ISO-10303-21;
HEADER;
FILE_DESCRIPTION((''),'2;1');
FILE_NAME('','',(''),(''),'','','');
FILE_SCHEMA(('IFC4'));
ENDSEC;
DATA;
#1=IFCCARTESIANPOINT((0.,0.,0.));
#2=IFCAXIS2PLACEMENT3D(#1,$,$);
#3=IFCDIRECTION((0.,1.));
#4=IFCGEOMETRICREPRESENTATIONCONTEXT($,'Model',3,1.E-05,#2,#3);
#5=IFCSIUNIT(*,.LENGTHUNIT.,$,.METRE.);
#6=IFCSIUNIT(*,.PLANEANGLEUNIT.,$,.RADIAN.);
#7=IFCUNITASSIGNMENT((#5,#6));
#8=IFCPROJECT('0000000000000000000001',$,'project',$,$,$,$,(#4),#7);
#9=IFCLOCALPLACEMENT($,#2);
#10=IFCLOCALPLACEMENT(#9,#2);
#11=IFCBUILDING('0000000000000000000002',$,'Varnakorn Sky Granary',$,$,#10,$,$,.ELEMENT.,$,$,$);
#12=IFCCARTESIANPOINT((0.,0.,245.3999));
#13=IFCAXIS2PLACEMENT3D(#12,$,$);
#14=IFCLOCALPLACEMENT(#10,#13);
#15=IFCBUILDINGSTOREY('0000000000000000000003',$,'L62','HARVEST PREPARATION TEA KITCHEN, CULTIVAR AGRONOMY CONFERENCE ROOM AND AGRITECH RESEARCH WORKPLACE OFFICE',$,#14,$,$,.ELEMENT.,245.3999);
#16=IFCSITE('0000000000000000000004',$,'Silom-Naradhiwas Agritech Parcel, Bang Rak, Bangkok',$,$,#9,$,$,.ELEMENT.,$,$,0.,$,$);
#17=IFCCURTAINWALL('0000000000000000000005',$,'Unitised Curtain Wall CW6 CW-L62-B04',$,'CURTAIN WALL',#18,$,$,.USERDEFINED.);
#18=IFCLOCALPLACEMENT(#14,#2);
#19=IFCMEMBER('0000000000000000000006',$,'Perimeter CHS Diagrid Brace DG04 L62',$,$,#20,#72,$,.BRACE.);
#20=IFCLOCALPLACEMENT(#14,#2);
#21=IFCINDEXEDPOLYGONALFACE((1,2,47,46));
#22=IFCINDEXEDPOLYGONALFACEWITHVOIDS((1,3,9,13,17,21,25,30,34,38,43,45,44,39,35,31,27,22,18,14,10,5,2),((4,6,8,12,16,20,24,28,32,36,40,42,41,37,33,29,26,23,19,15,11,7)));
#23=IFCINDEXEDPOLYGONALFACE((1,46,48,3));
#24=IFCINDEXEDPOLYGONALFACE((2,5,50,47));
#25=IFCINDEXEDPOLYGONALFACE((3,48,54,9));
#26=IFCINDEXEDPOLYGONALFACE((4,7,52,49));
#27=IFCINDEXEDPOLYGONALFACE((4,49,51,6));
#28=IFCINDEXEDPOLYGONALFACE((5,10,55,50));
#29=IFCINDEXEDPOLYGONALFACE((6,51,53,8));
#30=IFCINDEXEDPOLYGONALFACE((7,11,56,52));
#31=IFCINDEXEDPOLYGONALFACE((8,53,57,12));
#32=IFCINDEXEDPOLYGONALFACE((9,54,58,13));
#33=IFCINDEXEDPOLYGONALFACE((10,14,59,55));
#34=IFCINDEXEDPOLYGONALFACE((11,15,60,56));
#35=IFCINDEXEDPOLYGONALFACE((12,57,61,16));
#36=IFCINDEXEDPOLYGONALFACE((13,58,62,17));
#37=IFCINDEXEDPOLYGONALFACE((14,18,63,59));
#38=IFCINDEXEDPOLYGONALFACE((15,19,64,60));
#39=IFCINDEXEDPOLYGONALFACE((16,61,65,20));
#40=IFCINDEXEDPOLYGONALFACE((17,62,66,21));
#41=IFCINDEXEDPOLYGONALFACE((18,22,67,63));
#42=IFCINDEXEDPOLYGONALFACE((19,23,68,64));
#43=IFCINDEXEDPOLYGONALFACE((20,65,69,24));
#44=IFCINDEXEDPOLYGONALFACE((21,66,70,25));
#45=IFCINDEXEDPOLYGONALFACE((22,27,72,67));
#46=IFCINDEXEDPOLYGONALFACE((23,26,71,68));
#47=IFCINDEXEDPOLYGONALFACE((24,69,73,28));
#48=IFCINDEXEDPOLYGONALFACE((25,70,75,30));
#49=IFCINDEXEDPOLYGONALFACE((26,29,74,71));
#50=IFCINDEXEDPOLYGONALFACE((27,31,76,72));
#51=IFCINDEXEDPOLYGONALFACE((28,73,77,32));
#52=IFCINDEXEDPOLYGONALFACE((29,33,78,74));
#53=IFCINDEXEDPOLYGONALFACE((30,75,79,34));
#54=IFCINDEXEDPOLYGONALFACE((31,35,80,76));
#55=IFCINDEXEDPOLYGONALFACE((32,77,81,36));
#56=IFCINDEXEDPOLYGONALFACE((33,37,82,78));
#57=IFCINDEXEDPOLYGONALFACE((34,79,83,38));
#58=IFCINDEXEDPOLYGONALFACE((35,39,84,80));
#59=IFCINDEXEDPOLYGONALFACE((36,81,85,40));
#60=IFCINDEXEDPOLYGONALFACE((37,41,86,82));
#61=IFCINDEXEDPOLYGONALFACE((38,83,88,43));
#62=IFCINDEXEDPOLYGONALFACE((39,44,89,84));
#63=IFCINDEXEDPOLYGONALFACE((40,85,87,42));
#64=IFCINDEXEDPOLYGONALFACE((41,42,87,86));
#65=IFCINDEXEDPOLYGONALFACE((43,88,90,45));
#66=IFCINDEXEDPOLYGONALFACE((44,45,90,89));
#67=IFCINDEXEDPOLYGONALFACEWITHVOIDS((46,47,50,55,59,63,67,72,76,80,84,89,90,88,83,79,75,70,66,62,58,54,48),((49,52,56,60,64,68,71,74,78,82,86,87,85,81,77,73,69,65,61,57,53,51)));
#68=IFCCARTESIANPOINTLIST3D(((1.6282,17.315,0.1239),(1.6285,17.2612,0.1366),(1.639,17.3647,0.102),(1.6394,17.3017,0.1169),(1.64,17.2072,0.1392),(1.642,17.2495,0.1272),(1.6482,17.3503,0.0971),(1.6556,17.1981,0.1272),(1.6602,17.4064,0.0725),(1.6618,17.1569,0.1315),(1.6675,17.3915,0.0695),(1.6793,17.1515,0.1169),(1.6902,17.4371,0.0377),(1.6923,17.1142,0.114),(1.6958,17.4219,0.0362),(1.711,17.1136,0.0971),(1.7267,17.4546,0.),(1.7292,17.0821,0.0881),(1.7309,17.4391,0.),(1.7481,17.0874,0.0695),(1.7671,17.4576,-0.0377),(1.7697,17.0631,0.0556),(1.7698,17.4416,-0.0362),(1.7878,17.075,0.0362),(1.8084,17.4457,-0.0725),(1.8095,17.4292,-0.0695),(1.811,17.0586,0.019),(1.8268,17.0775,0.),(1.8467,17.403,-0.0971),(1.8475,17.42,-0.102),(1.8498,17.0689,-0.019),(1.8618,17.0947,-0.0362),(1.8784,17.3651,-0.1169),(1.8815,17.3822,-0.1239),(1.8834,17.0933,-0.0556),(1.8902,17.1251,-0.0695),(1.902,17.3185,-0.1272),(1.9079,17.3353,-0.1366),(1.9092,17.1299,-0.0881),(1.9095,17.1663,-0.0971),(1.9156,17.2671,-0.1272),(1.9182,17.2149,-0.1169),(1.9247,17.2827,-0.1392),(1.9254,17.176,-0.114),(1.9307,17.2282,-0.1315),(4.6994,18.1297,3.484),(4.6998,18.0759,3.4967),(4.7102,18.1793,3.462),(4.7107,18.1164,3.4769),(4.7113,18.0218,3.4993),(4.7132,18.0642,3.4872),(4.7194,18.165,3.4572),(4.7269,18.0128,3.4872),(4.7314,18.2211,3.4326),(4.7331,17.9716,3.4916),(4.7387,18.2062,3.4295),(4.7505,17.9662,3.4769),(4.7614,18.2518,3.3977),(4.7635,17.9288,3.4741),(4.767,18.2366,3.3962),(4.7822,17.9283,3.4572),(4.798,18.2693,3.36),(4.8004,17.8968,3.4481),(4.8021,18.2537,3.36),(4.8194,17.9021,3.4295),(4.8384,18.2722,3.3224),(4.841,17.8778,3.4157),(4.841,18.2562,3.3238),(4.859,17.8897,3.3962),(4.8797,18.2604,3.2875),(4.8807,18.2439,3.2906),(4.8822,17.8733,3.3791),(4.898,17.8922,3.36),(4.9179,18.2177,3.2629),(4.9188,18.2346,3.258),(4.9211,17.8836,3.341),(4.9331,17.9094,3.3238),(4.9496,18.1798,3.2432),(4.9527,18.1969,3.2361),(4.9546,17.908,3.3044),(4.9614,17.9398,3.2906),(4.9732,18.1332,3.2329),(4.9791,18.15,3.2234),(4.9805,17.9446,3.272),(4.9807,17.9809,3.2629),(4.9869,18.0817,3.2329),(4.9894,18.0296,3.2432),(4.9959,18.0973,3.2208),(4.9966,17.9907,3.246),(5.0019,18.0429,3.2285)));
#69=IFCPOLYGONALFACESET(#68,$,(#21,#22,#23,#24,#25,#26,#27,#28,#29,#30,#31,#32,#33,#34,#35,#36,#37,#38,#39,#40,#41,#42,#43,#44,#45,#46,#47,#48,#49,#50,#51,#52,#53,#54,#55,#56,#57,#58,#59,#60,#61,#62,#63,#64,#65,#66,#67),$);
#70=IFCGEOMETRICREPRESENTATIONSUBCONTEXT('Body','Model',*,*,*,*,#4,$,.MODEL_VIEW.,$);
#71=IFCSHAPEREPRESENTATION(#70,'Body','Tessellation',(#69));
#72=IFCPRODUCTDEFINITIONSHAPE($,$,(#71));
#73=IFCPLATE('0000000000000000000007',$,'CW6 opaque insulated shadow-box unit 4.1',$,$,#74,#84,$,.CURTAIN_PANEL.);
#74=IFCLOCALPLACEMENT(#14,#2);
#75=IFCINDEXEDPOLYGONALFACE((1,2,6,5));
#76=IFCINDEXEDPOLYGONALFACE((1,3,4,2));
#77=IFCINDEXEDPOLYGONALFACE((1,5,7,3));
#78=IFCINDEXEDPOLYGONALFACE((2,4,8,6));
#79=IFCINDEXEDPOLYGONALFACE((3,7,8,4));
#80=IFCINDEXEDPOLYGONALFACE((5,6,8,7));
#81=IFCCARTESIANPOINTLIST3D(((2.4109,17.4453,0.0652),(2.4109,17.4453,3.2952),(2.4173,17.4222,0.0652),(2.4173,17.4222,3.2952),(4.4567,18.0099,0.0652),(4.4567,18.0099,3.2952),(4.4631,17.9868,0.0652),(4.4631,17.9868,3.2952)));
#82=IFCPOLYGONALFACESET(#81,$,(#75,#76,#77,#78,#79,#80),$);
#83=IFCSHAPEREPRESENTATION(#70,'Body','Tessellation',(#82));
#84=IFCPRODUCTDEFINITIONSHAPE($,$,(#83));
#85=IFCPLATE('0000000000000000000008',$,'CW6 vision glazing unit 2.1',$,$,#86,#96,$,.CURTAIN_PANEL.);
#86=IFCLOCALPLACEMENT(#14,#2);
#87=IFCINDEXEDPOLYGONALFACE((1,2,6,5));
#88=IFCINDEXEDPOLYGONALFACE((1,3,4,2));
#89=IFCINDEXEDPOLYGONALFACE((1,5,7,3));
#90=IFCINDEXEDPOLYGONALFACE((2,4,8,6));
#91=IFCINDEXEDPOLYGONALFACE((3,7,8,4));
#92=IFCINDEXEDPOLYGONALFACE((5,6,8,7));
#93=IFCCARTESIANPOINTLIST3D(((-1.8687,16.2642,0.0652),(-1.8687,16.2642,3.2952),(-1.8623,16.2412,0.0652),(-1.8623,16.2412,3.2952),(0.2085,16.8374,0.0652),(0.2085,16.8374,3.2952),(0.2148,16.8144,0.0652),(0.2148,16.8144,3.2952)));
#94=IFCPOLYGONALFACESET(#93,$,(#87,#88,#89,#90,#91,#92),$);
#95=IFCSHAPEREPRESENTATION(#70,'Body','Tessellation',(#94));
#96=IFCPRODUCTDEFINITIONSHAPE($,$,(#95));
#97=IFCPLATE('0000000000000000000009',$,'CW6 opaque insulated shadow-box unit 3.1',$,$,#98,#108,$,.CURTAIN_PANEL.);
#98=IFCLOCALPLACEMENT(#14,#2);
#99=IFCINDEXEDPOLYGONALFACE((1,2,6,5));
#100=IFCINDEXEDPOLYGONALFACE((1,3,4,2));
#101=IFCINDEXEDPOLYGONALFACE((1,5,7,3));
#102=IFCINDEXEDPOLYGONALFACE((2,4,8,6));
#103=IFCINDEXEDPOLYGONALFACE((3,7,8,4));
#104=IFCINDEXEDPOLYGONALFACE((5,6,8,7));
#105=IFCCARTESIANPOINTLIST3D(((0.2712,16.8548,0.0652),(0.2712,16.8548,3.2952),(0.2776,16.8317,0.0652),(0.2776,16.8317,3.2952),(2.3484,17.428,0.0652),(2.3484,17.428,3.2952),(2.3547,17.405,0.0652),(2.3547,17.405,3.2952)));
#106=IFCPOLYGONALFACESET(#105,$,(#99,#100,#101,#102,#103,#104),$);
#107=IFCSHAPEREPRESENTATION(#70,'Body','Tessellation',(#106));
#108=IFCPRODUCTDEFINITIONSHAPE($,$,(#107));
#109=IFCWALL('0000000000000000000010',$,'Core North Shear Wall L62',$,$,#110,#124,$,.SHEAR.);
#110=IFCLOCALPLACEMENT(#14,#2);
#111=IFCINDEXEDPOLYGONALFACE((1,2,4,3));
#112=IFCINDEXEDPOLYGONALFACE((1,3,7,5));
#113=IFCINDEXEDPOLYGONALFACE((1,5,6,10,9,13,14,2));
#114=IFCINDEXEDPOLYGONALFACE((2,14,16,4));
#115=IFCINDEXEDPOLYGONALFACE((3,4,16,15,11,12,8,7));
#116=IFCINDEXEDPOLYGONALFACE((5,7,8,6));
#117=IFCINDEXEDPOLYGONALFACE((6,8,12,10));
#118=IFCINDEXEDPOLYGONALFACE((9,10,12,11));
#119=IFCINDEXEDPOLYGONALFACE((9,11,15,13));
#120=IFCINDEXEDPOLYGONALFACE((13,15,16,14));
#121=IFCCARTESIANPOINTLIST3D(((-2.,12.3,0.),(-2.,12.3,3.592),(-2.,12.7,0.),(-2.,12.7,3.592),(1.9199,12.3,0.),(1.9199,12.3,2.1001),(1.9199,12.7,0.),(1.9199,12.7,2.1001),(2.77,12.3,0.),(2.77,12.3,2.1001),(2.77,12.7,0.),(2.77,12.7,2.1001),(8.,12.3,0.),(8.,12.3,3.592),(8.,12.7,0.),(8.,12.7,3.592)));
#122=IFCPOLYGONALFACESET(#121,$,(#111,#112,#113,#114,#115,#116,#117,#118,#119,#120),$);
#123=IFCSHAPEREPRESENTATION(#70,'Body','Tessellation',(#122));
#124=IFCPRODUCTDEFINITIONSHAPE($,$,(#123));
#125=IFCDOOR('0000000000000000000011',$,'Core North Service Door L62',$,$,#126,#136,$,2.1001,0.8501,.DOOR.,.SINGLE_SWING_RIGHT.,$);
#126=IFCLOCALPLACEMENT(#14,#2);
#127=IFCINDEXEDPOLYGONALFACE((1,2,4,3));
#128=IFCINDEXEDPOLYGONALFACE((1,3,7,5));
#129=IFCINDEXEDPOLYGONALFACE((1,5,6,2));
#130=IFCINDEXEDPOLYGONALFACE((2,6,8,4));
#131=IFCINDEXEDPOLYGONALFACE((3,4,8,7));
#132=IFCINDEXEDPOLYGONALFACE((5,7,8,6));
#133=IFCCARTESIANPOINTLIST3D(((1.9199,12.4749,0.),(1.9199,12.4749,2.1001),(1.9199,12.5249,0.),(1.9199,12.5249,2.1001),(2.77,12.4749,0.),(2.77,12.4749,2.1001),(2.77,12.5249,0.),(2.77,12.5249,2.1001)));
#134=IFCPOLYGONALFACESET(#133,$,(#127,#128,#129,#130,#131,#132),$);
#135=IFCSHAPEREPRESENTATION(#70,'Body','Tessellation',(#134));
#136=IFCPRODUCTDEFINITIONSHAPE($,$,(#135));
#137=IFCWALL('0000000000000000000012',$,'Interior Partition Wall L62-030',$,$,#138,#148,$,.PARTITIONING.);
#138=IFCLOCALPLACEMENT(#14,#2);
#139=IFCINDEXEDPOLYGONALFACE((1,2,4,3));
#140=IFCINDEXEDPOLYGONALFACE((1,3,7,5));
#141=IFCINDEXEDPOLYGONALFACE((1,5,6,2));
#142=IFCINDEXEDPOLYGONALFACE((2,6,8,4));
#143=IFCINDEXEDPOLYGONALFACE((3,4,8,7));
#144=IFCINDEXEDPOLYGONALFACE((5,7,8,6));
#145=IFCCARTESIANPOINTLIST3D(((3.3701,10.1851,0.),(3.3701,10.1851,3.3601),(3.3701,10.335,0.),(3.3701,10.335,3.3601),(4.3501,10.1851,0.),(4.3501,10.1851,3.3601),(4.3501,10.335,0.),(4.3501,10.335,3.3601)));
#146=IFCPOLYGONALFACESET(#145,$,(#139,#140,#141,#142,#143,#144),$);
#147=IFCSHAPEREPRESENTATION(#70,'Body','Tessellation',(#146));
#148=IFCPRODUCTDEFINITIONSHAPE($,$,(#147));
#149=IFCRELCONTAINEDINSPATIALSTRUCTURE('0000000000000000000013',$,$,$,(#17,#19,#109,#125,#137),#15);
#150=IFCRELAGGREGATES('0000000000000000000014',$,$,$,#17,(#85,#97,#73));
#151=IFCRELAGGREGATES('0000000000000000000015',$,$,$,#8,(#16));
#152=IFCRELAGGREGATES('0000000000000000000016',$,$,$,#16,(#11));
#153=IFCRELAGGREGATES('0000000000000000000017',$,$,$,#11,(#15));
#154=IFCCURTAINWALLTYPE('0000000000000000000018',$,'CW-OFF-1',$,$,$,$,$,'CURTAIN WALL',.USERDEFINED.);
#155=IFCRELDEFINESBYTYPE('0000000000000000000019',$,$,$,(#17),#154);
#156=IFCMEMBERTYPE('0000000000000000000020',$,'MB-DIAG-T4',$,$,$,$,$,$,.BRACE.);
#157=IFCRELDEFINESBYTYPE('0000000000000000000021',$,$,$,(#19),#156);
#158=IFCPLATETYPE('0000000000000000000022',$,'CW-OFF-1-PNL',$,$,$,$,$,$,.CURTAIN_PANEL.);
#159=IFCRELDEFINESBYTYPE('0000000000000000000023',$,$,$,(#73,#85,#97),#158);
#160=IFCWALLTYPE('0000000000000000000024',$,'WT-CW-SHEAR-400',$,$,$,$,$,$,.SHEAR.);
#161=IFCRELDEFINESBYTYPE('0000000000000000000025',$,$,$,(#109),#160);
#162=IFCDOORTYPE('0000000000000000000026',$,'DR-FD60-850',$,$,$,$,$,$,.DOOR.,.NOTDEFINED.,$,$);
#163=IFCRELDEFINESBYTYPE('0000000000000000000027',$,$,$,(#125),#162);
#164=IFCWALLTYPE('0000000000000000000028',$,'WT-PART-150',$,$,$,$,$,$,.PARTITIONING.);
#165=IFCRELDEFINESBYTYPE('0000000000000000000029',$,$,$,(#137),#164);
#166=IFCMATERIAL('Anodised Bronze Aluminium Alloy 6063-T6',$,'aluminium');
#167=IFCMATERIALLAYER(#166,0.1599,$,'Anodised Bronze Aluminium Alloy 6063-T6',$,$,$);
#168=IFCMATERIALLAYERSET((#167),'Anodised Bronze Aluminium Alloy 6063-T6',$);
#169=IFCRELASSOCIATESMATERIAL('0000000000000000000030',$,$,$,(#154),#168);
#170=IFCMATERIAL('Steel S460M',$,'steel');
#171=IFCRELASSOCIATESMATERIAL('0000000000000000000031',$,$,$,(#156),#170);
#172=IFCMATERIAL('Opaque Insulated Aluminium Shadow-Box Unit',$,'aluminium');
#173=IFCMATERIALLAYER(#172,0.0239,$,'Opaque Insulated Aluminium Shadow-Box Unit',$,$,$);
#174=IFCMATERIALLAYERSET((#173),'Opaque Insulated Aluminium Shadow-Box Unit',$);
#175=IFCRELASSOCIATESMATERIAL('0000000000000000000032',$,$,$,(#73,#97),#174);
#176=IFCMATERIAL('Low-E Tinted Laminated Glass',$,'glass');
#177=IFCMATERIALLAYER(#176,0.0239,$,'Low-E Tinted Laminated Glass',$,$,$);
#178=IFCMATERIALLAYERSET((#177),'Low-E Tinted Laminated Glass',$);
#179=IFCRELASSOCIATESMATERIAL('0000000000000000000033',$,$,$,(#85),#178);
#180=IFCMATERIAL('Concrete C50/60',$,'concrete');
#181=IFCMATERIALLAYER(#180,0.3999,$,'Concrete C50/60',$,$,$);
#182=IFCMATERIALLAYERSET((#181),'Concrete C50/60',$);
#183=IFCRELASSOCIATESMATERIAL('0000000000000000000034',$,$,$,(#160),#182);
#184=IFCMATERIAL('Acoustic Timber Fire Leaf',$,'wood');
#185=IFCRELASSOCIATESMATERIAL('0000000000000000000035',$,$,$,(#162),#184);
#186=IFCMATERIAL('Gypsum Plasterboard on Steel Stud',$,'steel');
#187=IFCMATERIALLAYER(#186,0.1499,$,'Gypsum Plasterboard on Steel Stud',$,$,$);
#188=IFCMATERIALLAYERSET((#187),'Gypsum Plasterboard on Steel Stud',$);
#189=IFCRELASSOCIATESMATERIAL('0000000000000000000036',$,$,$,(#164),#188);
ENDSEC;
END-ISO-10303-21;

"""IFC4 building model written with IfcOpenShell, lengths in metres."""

from ifc_helpers import new_model, si_unit, direction, frame, frame_2d, origin, origin_2d, place, context, subcontext, project, spatial, rectangle, hollow_circle, extrude, source, transform, mapped, material, layer, layer_set, material_profile, profile_set, type_object, type_shapes, element, fill, aggregate, save


model = new_model("IFC4")

# Units and contexts
model_context = context("Model", 3, precision=1e-05, world=origin(), true_north=direction((0.0, 1.0)))
body_context = subcontext(model_context, "Body", "Model", "MODEL_VIEW")
ifc_project = project(units=[si_unit("LENGTHUNIT", "METRE"), si_unit("PLANEANGLEUNIT", "RADIAN")], contexts=[model_context])

# Site, building, storey
site_placement = place(None, origin())
site = spatial("IfcSite", under=ifc_project, at=site_placement, Name="Silom-Naradhiwas Agritech Parcel, Bang Rak, Bangkok", CompositionType="ELEMENT", RefElevation=0.0)
building_placement = place(site_placement, origin())
building = spatial("IfcBuilding", under=site, at=building_placement, Name="Varnakorn Sky Granary", CompositionType="ELEMENT")
storey_placement = place(building_placement, frame((0.0, 0.0, 245.3999)))
storey = spatial("IfcBuildingStorey", under=building, at=storey_placement, Name="L62", Description="HARVEST PREPARATION TEA KITCHEN, CULTIVAR AGRONOMY CONFERENCE ROOM AND AGRITECH RESEARCH WORKPLACE OFFICE", CompositionType="ELEMENT", Elevation=245.3999)

# Curtain wall
ifc_material_1 = material(Name="Anodised Bronze Aluminium Alloy 6063-T6", Category="aluminium")
ifc_layer_1 = layer(ifc_material_1, 0.1599, Name="Anodised Bronze Aluminium Alloy 6063-T6")
ifc_layer_set_1 = layer_set([ifc_layer_1], Name="Anodised Bronze Aluminium Alloy 6063-T6")
curtain_wall_type = type_object("IfcCurtainWallType", Name="CW-OFF-1", ElementType="CURTAIN WALL", PredefinedType="USERDEFINED", material=ifc_layer_set_1)
curtain_wall_placement = place(storey_placement, origin())
curtain_wall = element("IfcCurtainWall", 1, at=curtain_wall_placement, inside=storey, type_object=curtain_wall_type, Name="Unitised Curtain Wall CW6 CW-L62-B04", ObjectType="CURTAIN WALL", PredefinedType="USERDEFINED")

# Member
ifc_material_2 = material(Name="Steel S460M", Category="steel")
ifc_material_profile_1 = material_profile(ifc_material_2, hollow_circle(Radius=0.2031, WallThickness=0.0161, at=origin_2d()), Name="CHS 406.4x16")
ifc_profile_set_1 = profile_set([ifc_material_profile_1], Name="Steel S460M")
member_type_1 = type_object("IfcMemberType", Name="MB-DIAG-T4", PredefinedType="BRACE", material=ifc_profile_set_1)
member_1_placement = place(storey_placement, frame((1.7788, 17.2583, 0.0), z_axis=(0.664121, 0.176166, 0.726573), x_axis=(-0.256395, 0.966572, 0.0)))
element("IfcMember", 2, at=member_1_placement, inside=storey, type_object=member_type_1, Name="Perimeter CHS Diagrid Brace DG04 L62", PredefinedType="BRACE", context=body_context, shape_type="SweptSolid", body=[
    extrude(hollow_circle(Radius=0.2031, WallThickness=0.0161, at=origin_2d()), origin(), (0.0, 0.0, 1.0), 4.6245),
])

# Plates
ifc_material_3 = material(Name="Opaque Insulated Aluminium Shadow-Box Unit", Category="aluminium")
ifc_layer_2 = layer(ifc_material_3, 0.0239, Name="Opaque Insulated Aluminium Shadow-Box Unit")
ifc_layer_set_2 = layer_set([ifc_layer_2], Name="Opaque Insulated Aluminium Shadow-Box Unit")
plate_type = type_object("IfcPlateType", Name="CW-OFF-1-PNL", PredefinedType="CURTAIN_PANEL")
shared_shape_1 = source(origin(), body_context, "Body", "SweptSolid", [
    extrude(rectangle(XDim=2.1223, YDim=0.0239, at=origin_2d()), origin(), (0.0, 0.0, 1.0), 3.23),
])
plate_1_placement = place(storey_placement, frame((3.437, 17.7161, 0.0652), z_axis=(0.0, 0.0, 1.0), x_axis=(0.963967, 0.266022, 0.0)))
plate_1 = element("IfcPlate", 3, at=plate_1_placement, type_object=plate_type, material=ifc_layer_set_2, Name="CW6 opaque insulated shadow-box unit 4.1", PredefinedType="CURTAIN_PANEL", context=body_context, shape_type="MappedRepresentation", body=[
    mapped(shared_shape_1, transform((0.0, 0.0, 0.0), x_axis=(1.0, 0.0, 0.0), y_axis=(0.0, 1.0, 0.0), z_axis=(0.0, 0.0, 1.0), scale=1.0)),
])
ifc_material_4 = material(Name="Low-E Tinted Laminated Glass", Category="glass")
ifc_layer_3 = layer(ifc_material_4, 0.0239, Name="Low-E Tinted Laminated Glass")
ifc_layer_set_3 = layer_set([ifc_layer_3], Name="Low-E Tinted Laminated Glass")
shared_shape_2 = source(origin(), body_context, "Body", "SweptSolid", [
    extrude(rectangle(XDim=2.1548, YDim=0.0239, at=origin_2d()), origin(), (0.0, 0.0, 1.0), 3.23),
])
type_shapes(plate_type, [shared_shape_1, shared_shape_2])
plate_2_placement = place(storey_placement, frame((-0.8269, 16.5393, 0.0652), z_axis=(0.0, 0.0, 1.0), x_axis=(0.963967, 0.266022, 0.0)))
plate_2 = element("IfcPlate", 4, at=plate_2_placement, type_object=plate_type, material=ifc_layer_set_3, Name="CW6 vision glazing unit 2.1", PredefinedType="CURTAIN_PANEL", context=body_context, shape_type="MappedRepresentation", body=[
    mapped(shared_shape_2, transform((0.0, 0.0, 0.0), x_axis=(1.0, 0.0, 0.0), y_axis=(0.0, 1.0, 0.0), z_axis=(0.0, 0.0, 1.0), scale=1.0)),
])
plate_3_placement = place(storey_placement, frame((1.313, 17.1299, 0.0652), z_axis=(0.0, 0.0, 1.0), x_axis=(0.963967, 0.266022, 0.0)))
plate_3 = element("IfcPlate", 5, at=plate_3_placement, type_object=plate_type, material=ifc_layer_set_2, Name="CW6 opaque insulated shadow-box unit 3.1", PredefinedType="CURTAIN_PANEL", context=body_context, shape_type="MappedRepresentation", body=[
    mapped(shared_shape_2, transform((0.0, 0.0, 0.0), x_axis=(1.0, 0.0, 0.0), y_axis=(0.0, 1.0, 0.0), z_axis=(0.0, 0.0, 1.0), scale=1.0)),
])
aggregate(curtain_wall, [plate_2, plate_3, plate_1])

# Wall, opening, door
ifc_material_5 = material(Name="Concrete C50/60", Category="concrete")
ifc_layer_4 = layer(ifc_material_5, 0.3999, Name="Concrete C50/60")
ifc_layer_set_4 = layer_set([ifc_layer_4], Name="Concrete C50/60")
wall_type_1 = type_object("IfcWallType", Name="WT-CW-SHEAR-400", PredefinedType="SHEAR", material=ifc_layer_set_4)
wall_1_placement = place(storey_placement, frame((-2.0, 12.5, 0.0), z_axis=(0.0, 0.0, 1.0), x_axis=(1.0, 0.0, 0.0)))
wall_1 = element("IfcWall", 6, at=wall_1_placement, inside=storey, type_object=wall_type_1, Name="Core North Shear Wall L62", PredefinedType="SHEAR", context=body_context, shape_type="SweptSolid", body=[
    extrude(rectangle(XDim=10.0, YDim=0.3999, at=frame_2d((5.0, 0.0))), origin(), (0.0, 0.0, 1.0), 3.592),
])
opening_1_placement = place(wall_1_placement, frame((3.9199, 0.0, 0.0)))
opening_1 = element("IfcOpeningElement", 7, at=opening_1_placement, cuts=wall_1, PredefinedType="OPENING", context=body_context, shape_type="SweptSolid", body=[
    extrude(rectangle(XDim=0.8501, YDim=2.1001, at=frame_2d((0.425, 1.05))), frame((0.0, 0.21, 0.0), z_axis=(0.0, -1.0, 0.0), x_axis=(1.0, 0.0, 0.0)), (0.0, 0.0, 1.0), 0.4199),
])
ifc_material_6 = material(Name="Acoustic Timber Fire Leaf", Category="wood")
door_type_1 = type_object("IfcDoorType", Name="DR-FD60-850", OperationType="NOTDEFINED", PredefinedType="DOOR", material=ifc_material_6)
door_1_placement = place(opening_1_placement, origin())
door_1 = element("IfcDoor", 8, at=door_1_placement, inside=storey, type_object=door_type_1, Name="Core North Service Door L62", OperationType="SINGLE_SWING_RIGHT", OverallHeight=2.1001, OverallWidth=0.8501, PredefinedType="DOOR", context=body_context, shape_type="SweptSolid", body=[
    extrude(rectangle(XDim=0.8501, YDim=2.1001, at=frame_2d((0.425, 1.05))), frame((0.0, 0.0249, 0.0), z_axis=(0.0, -1.0, 0.0), x_axis=(1.0, 0.0, 0.0)), (0.0, 0.0, 1.0), 0.05),
])
fill(opening_1, door_1)

# Wall
ifc_material_7 = material(Name="Gypsum Plasterboard on Steel Stud", Category="steel")
ifc_layer_5 = layer(ifc_material_7, 0.1499, Name="Gypsum Plasterboard on Steel Stud")
ifc_layer_set_5 = layer_set([ifc_layer_5], Name="Gypsum Plasterboard on Steel Stud")
wall_type_2 = type_object("IfcWallType", Name="WT-PART-150", PredefinedType="PARTITIONING", material=ifc_layer_set_5)
wall_2_placement = place(storey_placement, frame((3.3701, 10.26, 0.0), z_axis=(0.0, 0.0, 1.0), x_axis=(1.0, 0.0, 0.0)))
element("IfcWall", 9, at=wall_2_placement, inside=storey, type_object=wall_type_2, Name="Interior Partition Wall L62-030", PredefinedType="PARTITIONING", context=body_context, shape_type="SweptSolid", body=[
    extrude(rectangle(XDim=0.98, YDim=0.1499, at=frame_2d((0.49, 0.0))), origin(), (0.0, 0.0, 1.0), 3.3601),
])

save(model, "model.ifc")
